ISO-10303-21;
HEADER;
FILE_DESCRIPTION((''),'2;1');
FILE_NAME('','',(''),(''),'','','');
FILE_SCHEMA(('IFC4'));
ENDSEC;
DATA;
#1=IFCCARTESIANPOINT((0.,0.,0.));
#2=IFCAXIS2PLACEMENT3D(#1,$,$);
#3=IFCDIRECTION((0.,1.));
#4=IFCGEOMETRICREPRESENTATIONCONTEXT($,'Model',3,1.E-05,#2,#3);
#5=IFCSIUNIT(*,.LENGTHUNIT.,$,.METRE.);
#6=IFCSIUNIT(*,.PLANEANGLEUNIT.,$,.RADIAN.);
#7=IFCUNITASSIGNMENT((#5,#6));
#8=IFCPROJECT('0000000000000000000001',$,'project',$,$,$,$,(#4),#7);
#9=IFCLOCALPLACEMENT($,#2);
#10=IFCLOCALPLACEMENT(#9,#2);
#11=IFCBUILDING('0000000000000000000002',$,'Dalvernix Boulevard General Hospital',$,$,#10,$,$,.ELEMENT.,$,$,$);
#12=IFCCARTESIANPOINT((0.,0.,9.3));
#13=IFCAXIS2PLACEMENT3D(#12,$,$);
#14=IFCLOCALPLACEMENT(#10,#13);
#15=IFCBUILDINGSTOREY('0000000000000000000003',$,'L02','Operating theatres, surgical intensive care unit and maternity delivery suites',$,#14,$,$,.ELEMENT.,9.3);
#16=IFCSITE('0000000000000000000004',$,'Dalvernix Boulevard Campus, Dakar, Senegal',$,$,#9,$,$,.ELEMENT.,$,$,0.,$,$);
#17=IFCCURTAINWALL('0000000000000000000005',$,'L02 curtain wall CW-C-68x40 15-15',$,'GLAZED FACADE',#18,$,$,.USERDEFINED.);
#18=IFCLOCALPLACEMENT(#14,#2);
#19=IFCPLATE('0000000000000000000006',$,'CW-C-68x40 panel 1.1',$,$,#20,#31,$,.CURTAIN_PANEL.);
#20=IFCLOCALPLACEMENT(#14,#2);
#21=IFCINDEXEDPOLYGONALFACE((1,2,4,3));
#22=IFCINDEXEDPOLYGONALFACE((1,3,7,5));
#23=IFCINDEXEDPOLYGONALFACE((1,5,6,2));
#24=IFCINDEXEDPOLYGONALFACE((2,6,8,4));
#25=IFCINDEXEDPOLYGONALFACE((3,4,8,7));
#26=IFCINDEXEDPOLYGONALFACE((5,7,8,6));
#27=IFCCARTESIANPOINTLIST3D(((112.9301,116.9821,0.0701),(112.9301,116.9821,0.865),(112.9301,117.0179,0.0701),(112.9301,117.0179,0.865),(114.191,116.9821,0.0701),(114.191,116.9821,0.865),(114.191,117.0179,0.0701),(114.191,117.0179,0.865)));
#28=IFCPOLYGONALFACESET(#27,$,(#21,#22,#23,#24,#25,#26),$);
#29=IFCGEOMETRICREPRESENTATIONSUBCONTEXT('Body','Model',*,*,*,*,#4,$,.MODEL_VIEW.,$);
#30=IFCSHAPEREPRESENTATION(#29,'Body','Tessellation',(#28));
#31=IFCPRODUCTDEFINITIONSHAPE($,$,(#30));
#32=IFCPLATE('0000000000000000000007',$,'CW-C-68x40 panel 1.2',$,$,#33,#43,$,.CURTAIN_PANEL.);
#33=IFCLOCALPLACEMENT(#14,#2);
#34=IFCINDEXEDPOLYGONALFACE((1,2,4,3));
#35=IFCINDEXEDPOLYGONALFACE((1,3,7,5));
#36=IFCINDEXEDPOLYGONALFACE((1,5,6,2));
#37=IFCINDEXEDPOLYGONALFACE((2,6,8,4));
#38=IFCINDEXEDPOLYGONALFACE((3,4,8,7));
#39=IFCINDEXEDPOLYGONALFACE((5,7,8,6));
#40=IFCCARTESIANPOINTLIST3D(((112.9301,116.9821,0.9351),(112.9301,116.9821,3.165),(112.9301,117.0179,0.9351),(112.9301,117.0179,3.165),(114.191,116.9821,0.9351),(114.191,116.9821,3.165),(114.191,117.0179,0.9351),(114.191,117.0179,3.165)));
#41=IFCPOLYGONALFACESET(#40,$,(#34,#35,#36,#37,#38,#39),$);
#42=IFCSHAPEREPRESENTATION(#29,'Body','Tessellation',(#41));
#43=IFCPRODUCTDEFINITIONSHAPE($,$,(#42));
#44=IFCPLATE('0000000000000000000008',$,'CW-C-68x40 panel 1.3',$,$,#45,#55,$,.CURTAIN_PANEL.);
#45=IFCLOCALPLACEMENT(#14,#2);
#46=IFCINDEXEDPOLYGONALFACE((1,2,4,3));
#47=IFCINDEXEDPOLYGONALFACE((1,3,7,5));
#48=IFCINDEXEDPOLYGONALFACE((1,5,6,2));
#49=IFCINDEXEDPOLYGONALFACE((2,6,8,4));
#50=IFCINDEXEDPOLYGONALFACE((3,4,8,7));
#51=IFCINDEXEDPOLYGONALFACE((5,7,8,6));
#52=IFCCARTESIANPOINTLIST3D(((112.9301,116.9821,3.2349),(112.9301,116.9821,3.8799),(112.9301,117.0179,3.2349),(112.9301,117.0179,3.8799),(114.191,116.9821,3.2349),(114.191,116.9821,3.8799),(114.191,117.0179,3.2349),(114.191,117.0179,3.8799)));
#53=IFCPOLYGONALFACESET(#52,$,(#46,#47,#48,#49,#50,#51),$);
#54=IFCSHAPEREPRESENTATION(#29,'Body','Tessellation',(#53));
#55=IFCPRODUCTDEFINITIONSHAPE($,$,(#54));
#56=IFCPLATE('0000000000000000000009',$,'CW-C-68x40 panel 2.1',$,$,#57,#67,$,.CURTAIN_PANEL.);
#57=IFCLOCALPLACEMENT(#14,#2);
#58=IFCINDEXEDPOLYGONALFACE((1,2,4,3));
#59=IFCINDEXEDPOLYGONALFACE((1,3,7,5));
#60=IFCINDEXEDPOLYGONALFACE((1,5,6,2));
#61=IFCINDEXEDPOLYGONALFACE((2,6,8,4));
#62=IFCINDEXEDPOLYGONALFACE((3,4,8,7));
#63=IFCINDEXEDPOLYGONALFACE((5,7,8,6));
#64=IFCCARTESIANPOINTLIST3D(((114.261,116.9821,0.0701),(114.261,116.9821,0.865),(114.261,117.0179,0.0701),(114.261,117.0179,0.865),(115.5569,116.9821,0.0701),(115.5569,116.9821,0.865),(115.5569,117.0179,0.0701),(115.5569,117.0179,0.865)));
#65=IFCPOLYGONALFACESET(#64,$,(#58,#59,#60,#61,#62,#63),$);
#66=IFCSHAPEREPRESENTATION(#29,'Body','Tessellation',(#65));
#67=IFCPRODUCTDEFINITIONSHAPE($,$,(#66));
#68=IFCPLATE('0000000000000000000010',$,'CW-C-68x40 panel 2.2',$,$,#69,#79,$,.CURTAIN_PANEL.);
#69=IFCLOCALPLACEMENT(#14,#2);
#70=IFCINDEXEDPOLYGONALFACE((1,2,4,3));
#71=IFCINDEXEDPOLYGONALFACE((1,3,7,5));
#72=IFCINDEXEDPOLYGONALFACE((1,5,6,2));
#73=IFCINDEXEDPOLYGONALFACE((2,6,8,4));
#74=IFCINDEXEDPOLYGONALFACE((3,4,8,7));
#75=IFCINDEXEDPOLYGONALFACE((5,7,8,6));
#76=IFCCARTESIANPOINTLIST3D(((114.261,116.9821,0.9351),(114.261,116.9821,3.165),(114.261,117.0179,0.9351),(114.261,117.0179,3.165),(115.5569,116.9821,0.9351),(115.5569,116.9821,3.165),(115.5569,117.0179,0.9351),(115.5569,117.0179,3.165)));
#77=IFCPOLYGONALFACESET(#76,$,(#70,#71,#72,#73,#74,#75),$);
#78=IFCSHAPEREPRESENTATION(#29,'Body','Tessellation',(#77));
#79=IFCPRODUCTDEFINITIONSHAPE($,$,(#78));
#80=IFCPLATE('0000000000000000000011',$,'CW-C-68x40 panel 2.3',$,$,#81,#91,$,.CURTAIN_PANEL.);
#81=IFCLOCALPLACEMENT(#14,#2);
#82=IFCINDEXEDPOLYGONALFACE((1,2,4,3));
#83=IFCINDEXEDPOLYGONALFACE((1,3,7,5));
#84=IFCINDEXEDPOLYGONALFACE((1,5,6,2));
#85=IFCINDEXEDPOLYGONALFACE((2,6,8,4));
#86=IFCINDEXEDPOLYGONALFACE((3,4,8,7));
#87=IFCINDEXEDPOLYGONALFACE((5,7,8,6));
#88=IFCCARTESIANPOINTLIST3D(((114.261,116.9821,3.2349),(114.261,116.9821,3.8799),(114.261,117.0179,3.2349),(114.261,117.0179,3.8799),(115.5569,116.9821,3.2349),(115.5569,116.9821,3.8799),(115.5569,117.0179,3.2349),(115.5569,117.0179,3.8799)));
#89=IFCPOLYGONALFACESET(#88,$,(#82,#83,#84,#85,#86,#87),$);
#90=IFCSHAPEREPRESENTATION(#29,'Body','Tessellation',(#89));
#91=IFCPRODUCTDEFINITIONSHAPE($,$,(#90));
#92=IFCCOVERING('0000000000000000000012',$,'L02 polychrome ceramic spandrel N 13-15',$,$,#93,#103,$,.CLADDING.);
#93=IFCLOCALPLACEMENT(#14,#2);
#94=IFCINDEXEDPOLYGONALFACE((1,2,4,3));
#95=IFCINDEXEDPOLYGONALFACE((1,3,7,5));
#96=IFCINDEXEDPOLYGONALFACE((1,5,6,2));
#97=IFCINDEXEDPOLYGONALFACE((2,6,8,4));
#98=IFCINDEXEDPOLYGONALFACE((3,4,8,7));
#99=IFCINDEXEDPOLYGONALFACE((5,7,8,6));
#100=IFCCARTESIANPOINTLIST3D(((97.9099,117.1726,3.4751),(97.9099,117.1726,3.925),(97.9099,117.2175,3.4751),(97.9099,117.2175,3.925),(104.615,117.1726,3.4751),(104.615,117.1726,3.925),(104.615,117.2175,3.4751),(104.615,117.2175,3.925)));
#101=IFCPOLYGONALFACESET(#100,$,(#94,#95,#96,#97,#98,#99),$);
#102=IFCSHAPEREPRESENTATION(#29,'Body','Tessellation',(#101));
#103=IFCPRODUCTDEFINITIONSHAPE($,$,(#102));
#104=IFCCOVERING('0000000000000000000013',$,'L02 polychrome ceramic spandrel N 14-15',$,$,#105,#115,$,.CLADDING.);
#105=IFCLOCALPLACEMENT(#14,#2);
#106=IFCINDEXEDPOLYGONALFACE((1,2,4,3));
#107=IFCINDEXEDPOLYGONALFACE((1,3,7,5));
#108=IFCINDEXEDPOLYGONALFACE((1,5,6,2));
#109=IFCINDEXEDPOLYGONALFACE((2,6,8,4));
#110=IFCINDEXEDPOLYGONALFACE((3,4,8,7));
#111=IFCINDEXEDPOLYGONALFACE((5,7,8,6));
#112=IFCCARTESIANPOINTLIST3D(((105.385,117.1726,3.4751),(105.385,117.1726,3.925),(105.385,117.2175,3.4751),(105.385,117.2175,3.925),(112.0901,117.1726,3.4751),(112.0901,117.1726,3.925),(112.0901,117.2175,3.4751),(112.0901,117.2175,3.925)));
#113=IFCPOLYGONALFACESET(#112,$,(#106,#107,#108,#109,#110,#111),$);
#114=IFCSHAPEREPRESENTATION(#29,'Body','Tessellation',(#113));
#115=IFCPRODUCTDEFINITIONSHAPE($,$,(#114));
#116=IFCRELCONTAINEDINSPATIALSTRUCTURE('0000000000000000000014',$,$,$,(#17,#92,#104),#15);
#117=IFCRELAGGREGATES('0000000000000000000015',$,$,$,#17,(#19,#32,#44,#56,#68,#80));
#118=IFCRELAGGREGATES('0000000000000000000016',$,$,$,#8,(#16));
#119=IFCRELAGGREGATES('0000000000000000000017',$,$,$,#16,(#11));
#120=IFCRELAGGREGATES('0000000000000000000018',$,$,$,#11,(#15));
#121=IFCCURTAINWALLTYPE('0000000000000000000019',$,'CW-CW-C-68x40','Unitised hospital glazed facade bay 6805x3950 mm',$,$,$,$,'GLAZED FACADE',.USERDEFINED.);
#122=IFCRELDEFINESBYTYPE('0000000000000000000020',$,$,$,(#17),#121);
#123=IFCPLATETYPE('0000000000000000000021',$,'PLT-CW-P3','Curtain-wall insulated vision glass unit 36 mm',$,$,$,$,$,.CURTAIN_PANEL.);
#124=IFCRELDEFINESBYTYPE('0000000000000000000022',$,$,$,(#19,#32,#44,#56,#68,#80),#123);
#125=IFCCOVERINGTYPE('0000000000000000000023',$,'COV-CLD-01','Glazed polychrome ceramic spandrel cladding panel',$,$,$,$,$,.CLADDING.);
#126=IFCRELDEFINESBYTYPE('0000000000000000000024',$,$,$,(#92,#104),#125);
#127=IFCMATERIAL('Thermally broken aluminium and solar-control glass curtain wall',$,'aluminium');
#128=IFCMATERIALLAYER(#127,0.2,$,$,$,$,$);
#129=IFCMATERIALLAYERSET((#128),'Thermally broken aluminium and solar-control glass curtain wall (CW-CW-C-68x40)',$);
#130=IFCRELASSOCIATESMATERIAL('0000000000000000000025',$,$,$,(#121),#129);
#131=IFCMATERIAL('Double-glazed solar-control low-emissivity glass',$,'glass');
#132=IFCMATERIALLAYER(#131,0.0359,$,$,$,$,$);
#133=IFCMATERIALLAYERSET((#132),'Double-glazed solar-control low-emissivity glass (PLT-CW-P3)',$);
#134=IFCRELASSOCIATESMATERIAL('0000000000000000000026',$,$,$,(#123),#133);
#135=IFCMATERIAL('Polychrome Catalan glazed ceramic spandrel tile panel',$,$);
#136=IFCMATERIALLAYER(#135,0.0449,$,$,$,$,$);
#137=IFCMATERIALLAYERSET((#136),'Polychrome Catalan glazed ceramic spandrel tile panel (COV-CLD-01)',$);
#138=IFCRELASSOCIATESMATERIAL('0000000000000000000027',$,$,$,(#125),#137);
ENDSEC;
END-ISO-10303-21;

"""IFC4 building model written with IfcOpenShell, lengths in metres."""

from ifc_helpers import new_model, si_unit, direction, frame, origin, origin_2d, place, context, subcontext, project, spatial, rectangle, extrude, material, layer, layer_set, type_object, element, aggregate, save


model = new_model("IFC4")

# Units and contexts
model_context = context("Model", 3, precision=1e-05, world=origin(), true_north=direction((0.0, 1.0)))
body_context = subcontext(model_context, "Body", "Model", "MODEL_VIEW")
ifc_project = project(units=[si_unit("LENGTHUNIT", "METRE"), si_unit("PLANEANGLEUNIT", "RADIAN")], contexts=[model_context])

# Site, building, storey
site_placement = place(None, origin())
site = spatial("IfcSite", under=ifc_project, at=site_placement, Name="Dalvernix Boulevard Campus, Dakar, Senegal", CompositionType="ELEMENT", RefElevation=0.0)
building_placement = place(site_placement, origin())
building = spatial("IfcBuilding", under=site, at=building_placement, Name="Dalvernix Boulevard General Hospital", CompositionType="ELEMENT")
storey_placement = place(building_placement, frame((0.0, 0.0, 9.3)))
storey = spatial("IfcBuildingStorey", under=building, at=storey_placement, Name="L02", Description="Operating theatres, surgical intensive care unit and maternity delivery suites", CompositionType="ELEMENT", Elevation=9.3)

# Curtain wall, plates
ifc_material_1 = material(Name="Thermally broken aluminium and solar-control glass curtain wall", Category="aluminium")
ifc_layer_1 = layer(ifc_material_1, 0.2)
ifc_layer_set_1 = layer_set([ifc_layer_1], Name="Thermally broken aluminium and solar-control glass curtain wall (CW-CW-C-68x40)")
curtain_wall_type = type_object("IfcCurtainWallType", Name="CW-CW-C-68x40", Description="Unitised hospital glazed facade bay 6805x3950 mm", ElementType="GLAZED FACADE", PredefinedType="USERDEFINED", material=ifc_layer_set_1)
curtain_wall_placement = place(storey_placement, origin())
curtain_wall = element("IfcCurtainWall", 1, at=curtain_wall_placement, inside=storey, type_object=curtain_wall_type, Name="L02 curtain wall CW-C-68x40 15-15", ObjectType="GLAZED FACADE", PredefinedType="USERDEFINED")
ifc_material_2 = material(Name="Double-glazed solar-control low-emissivity glass", Category="glass")
ifc_layer_2 = layer(ifc_material_2, 0.0359)
ifc_layer_set_2 = layer_set([ifc_layer_2], Name="Double-glazed solar-control low-emissivity glass (PLT-CW-P3)")
plate_type = type_object("IfcPlateType", Name="PLT-CW-P3", Description="Curtain-wall insulated vision glass unit 36 mm", PredefinedType="CURTAIN_PANEL", material=ifc_layer_set_2)
plate_1_placement = place(storey_placement, frame((113.5605, 117.0, 0.0701), z_axis=(0.0, 0.0, 1.0), x_axis=(1.0, 0.0, 0.0)))
plate_1 = element("IfcPlate", 2, at=plate_1_placement, type_object=plate_type, Name="CW-C-68x40 panel 1.1", PredefinedType="CURTAIN_PANEL", context=body_context, shape_type="SweptSolid", body=[
    extrude(rectangle(XDim=1.261, YDim=0.0359, at=origin_2d()), origin(), (0.0, 0.0, 1.0), 0.7949),
])
plate_2_placement = place(storey_placement, frame((113.5605, 117.0, 0.9351), z_axis=(0.0, 0.0, 1.0), x_axis=(1.0, 0.0, 0.0)))
plate_2 = element("IfcPlate", 3, at=plate_2_placement, type_object=plate_type, Name="CW-C-68x40 panel 1.2", PredefinedType="CURTAIN_PANEL", context=body_context, shape_type="SweptSolid", body=[
    extrude(rectangle(XDim=1.261, YDim=0.0359, at=origin_2d()), origin(), (0.0, 0.0, 1.0), 2.23),
])
plate_3_placement = place(storey_placement, frame((113.5605, 117.0, 3.2349), z_axis=(0.0, 0.0, 1.0), x_axis=(1.0, 0.0, 0.0)))
plate_3 = element("IfcPlate", 4, at=plate_3_placement, type_object=plate_type, Name="CW-C-68x40 panel 1.3", PredefinedType="CURTAIN_PANEL", context=body_context, shape_type="SweptSolid", body=[
    extrude(rectangle(XDim=1.261, YDim=0.0359, at=origin_2d()), origin(), (0.0, 0.0, 1.0), 0.645),
])
plate_4_placement = place(storey_placement, frame((114.9089, 117.0, 0.0701), z_axis=(0.0, 0.0, 1.0), x_axis=(1.0, 0.0, 0.0)))
plate_4 = element("IfcPlate", 5, at=plate_4_placement, type_object=plate_type, Name="CW-C-68x40 panel 2.1", PredefinedType="CURTAIN_PANEL", context=body_context, shape_type="SweptSolid", body=[
    extrude(rectangle(XDim=1.2959, YDim=0.0359, at=origin_2d()), origin(), (0.0, 0.0, 1.0), 0.7949),
])
plate_5_placement = place(storey_placement, frame((114.9089, 117.0, 0.9351), z_axis=(0.0, 0.0, 1.0), x_axis=(1.0, 0.0, 0.0)))
plate_5 = element("IfcPlate", 6, at=plate_5_placement, type_object=plate_type, Name="CW-C-68x40 panel 2.2", PredefinedType="CURTAIN_PANEL", context=body_context, shape_type="SweptSolid", body=[
    extrude(rectangle(XDim=1.2959, YDim=0.0359, at=origin_2d()), origin(), (0.0, 0.0, 1.0), 2.23),
])
plate_6_placement = place(storey_placement, frame((114.9089, 117.0, 3.2349), z_axis=(0.0, 0.0, 1.0), x_axis=(1.0, 0.0, 0.0)))
plate_6 = element("IfcPlate", 7, at=plate_6_placement, type_object=plate_type, Name="CW-C-68x40 panel 2.3", PredefinedType="CURTAIN_PANEL", context=body_context, shape_type="SweptSolid", body=[
    extrude(rectangle(XDim=1.2959, YDim=0.0359, at=origin_2d()), origin(), (0.0, 0.0, 1.0), 0.645),
])
aggregate(curtain_wall, [plate_1, plate_2, plate_3, plate_4, plate_5, plate_6])

# Coverings
ifc_material_3 = material(Name="Polychrome Catalan glazed ceramic spandrel tile panel")
ifc_layer_3 = layer(ifc_material_3, 0.0449)
ifc_layer_set_3 = layer_set([ifc_layer_3], Name="Polychrome Catalan glazed ceramic spandrel tile panel (COV-CLD-01)")
covering_type = type_object("IfcCoveringType", Name="COV-CLD-01", Description="Glazed polychrome ceramic spandrel cladding panel", PredefinedType="CLADDING", material=ifc_layer_set_3)
for number, where, z_axis, x_axis, name in (
    (8, (101.2625, 117.1951, 3.4751), (0.0, 0.0, 1.0), (1.0, 0.0, 0.0), "L02 polychrome ceramic spandrel N 13-15"),
    (9, (108.7375, 117.1951, 3.4751), (0.0, 0.0, 1.0), (1.0, 0.0, 0.0), "L02 polychrome ceramic spandrel N 14-15"),
):
    element("IfcCovering", number, at=place(storey_placement, frame(where, z_axis=z_axis, x_axis=x_axis)), inside=storey, type_object=covering_type, Name=name, PredefinedType="CLADDING", context=body_context, shape_type="SweptSolid", body=[
        extrude(rectangle(XDim=6.7051, YDim=0.0449, at=origin_2d()), origin(), (0.0, 0.0, 1.0), 0.45),
    ])

save(model, "model.ifc")
